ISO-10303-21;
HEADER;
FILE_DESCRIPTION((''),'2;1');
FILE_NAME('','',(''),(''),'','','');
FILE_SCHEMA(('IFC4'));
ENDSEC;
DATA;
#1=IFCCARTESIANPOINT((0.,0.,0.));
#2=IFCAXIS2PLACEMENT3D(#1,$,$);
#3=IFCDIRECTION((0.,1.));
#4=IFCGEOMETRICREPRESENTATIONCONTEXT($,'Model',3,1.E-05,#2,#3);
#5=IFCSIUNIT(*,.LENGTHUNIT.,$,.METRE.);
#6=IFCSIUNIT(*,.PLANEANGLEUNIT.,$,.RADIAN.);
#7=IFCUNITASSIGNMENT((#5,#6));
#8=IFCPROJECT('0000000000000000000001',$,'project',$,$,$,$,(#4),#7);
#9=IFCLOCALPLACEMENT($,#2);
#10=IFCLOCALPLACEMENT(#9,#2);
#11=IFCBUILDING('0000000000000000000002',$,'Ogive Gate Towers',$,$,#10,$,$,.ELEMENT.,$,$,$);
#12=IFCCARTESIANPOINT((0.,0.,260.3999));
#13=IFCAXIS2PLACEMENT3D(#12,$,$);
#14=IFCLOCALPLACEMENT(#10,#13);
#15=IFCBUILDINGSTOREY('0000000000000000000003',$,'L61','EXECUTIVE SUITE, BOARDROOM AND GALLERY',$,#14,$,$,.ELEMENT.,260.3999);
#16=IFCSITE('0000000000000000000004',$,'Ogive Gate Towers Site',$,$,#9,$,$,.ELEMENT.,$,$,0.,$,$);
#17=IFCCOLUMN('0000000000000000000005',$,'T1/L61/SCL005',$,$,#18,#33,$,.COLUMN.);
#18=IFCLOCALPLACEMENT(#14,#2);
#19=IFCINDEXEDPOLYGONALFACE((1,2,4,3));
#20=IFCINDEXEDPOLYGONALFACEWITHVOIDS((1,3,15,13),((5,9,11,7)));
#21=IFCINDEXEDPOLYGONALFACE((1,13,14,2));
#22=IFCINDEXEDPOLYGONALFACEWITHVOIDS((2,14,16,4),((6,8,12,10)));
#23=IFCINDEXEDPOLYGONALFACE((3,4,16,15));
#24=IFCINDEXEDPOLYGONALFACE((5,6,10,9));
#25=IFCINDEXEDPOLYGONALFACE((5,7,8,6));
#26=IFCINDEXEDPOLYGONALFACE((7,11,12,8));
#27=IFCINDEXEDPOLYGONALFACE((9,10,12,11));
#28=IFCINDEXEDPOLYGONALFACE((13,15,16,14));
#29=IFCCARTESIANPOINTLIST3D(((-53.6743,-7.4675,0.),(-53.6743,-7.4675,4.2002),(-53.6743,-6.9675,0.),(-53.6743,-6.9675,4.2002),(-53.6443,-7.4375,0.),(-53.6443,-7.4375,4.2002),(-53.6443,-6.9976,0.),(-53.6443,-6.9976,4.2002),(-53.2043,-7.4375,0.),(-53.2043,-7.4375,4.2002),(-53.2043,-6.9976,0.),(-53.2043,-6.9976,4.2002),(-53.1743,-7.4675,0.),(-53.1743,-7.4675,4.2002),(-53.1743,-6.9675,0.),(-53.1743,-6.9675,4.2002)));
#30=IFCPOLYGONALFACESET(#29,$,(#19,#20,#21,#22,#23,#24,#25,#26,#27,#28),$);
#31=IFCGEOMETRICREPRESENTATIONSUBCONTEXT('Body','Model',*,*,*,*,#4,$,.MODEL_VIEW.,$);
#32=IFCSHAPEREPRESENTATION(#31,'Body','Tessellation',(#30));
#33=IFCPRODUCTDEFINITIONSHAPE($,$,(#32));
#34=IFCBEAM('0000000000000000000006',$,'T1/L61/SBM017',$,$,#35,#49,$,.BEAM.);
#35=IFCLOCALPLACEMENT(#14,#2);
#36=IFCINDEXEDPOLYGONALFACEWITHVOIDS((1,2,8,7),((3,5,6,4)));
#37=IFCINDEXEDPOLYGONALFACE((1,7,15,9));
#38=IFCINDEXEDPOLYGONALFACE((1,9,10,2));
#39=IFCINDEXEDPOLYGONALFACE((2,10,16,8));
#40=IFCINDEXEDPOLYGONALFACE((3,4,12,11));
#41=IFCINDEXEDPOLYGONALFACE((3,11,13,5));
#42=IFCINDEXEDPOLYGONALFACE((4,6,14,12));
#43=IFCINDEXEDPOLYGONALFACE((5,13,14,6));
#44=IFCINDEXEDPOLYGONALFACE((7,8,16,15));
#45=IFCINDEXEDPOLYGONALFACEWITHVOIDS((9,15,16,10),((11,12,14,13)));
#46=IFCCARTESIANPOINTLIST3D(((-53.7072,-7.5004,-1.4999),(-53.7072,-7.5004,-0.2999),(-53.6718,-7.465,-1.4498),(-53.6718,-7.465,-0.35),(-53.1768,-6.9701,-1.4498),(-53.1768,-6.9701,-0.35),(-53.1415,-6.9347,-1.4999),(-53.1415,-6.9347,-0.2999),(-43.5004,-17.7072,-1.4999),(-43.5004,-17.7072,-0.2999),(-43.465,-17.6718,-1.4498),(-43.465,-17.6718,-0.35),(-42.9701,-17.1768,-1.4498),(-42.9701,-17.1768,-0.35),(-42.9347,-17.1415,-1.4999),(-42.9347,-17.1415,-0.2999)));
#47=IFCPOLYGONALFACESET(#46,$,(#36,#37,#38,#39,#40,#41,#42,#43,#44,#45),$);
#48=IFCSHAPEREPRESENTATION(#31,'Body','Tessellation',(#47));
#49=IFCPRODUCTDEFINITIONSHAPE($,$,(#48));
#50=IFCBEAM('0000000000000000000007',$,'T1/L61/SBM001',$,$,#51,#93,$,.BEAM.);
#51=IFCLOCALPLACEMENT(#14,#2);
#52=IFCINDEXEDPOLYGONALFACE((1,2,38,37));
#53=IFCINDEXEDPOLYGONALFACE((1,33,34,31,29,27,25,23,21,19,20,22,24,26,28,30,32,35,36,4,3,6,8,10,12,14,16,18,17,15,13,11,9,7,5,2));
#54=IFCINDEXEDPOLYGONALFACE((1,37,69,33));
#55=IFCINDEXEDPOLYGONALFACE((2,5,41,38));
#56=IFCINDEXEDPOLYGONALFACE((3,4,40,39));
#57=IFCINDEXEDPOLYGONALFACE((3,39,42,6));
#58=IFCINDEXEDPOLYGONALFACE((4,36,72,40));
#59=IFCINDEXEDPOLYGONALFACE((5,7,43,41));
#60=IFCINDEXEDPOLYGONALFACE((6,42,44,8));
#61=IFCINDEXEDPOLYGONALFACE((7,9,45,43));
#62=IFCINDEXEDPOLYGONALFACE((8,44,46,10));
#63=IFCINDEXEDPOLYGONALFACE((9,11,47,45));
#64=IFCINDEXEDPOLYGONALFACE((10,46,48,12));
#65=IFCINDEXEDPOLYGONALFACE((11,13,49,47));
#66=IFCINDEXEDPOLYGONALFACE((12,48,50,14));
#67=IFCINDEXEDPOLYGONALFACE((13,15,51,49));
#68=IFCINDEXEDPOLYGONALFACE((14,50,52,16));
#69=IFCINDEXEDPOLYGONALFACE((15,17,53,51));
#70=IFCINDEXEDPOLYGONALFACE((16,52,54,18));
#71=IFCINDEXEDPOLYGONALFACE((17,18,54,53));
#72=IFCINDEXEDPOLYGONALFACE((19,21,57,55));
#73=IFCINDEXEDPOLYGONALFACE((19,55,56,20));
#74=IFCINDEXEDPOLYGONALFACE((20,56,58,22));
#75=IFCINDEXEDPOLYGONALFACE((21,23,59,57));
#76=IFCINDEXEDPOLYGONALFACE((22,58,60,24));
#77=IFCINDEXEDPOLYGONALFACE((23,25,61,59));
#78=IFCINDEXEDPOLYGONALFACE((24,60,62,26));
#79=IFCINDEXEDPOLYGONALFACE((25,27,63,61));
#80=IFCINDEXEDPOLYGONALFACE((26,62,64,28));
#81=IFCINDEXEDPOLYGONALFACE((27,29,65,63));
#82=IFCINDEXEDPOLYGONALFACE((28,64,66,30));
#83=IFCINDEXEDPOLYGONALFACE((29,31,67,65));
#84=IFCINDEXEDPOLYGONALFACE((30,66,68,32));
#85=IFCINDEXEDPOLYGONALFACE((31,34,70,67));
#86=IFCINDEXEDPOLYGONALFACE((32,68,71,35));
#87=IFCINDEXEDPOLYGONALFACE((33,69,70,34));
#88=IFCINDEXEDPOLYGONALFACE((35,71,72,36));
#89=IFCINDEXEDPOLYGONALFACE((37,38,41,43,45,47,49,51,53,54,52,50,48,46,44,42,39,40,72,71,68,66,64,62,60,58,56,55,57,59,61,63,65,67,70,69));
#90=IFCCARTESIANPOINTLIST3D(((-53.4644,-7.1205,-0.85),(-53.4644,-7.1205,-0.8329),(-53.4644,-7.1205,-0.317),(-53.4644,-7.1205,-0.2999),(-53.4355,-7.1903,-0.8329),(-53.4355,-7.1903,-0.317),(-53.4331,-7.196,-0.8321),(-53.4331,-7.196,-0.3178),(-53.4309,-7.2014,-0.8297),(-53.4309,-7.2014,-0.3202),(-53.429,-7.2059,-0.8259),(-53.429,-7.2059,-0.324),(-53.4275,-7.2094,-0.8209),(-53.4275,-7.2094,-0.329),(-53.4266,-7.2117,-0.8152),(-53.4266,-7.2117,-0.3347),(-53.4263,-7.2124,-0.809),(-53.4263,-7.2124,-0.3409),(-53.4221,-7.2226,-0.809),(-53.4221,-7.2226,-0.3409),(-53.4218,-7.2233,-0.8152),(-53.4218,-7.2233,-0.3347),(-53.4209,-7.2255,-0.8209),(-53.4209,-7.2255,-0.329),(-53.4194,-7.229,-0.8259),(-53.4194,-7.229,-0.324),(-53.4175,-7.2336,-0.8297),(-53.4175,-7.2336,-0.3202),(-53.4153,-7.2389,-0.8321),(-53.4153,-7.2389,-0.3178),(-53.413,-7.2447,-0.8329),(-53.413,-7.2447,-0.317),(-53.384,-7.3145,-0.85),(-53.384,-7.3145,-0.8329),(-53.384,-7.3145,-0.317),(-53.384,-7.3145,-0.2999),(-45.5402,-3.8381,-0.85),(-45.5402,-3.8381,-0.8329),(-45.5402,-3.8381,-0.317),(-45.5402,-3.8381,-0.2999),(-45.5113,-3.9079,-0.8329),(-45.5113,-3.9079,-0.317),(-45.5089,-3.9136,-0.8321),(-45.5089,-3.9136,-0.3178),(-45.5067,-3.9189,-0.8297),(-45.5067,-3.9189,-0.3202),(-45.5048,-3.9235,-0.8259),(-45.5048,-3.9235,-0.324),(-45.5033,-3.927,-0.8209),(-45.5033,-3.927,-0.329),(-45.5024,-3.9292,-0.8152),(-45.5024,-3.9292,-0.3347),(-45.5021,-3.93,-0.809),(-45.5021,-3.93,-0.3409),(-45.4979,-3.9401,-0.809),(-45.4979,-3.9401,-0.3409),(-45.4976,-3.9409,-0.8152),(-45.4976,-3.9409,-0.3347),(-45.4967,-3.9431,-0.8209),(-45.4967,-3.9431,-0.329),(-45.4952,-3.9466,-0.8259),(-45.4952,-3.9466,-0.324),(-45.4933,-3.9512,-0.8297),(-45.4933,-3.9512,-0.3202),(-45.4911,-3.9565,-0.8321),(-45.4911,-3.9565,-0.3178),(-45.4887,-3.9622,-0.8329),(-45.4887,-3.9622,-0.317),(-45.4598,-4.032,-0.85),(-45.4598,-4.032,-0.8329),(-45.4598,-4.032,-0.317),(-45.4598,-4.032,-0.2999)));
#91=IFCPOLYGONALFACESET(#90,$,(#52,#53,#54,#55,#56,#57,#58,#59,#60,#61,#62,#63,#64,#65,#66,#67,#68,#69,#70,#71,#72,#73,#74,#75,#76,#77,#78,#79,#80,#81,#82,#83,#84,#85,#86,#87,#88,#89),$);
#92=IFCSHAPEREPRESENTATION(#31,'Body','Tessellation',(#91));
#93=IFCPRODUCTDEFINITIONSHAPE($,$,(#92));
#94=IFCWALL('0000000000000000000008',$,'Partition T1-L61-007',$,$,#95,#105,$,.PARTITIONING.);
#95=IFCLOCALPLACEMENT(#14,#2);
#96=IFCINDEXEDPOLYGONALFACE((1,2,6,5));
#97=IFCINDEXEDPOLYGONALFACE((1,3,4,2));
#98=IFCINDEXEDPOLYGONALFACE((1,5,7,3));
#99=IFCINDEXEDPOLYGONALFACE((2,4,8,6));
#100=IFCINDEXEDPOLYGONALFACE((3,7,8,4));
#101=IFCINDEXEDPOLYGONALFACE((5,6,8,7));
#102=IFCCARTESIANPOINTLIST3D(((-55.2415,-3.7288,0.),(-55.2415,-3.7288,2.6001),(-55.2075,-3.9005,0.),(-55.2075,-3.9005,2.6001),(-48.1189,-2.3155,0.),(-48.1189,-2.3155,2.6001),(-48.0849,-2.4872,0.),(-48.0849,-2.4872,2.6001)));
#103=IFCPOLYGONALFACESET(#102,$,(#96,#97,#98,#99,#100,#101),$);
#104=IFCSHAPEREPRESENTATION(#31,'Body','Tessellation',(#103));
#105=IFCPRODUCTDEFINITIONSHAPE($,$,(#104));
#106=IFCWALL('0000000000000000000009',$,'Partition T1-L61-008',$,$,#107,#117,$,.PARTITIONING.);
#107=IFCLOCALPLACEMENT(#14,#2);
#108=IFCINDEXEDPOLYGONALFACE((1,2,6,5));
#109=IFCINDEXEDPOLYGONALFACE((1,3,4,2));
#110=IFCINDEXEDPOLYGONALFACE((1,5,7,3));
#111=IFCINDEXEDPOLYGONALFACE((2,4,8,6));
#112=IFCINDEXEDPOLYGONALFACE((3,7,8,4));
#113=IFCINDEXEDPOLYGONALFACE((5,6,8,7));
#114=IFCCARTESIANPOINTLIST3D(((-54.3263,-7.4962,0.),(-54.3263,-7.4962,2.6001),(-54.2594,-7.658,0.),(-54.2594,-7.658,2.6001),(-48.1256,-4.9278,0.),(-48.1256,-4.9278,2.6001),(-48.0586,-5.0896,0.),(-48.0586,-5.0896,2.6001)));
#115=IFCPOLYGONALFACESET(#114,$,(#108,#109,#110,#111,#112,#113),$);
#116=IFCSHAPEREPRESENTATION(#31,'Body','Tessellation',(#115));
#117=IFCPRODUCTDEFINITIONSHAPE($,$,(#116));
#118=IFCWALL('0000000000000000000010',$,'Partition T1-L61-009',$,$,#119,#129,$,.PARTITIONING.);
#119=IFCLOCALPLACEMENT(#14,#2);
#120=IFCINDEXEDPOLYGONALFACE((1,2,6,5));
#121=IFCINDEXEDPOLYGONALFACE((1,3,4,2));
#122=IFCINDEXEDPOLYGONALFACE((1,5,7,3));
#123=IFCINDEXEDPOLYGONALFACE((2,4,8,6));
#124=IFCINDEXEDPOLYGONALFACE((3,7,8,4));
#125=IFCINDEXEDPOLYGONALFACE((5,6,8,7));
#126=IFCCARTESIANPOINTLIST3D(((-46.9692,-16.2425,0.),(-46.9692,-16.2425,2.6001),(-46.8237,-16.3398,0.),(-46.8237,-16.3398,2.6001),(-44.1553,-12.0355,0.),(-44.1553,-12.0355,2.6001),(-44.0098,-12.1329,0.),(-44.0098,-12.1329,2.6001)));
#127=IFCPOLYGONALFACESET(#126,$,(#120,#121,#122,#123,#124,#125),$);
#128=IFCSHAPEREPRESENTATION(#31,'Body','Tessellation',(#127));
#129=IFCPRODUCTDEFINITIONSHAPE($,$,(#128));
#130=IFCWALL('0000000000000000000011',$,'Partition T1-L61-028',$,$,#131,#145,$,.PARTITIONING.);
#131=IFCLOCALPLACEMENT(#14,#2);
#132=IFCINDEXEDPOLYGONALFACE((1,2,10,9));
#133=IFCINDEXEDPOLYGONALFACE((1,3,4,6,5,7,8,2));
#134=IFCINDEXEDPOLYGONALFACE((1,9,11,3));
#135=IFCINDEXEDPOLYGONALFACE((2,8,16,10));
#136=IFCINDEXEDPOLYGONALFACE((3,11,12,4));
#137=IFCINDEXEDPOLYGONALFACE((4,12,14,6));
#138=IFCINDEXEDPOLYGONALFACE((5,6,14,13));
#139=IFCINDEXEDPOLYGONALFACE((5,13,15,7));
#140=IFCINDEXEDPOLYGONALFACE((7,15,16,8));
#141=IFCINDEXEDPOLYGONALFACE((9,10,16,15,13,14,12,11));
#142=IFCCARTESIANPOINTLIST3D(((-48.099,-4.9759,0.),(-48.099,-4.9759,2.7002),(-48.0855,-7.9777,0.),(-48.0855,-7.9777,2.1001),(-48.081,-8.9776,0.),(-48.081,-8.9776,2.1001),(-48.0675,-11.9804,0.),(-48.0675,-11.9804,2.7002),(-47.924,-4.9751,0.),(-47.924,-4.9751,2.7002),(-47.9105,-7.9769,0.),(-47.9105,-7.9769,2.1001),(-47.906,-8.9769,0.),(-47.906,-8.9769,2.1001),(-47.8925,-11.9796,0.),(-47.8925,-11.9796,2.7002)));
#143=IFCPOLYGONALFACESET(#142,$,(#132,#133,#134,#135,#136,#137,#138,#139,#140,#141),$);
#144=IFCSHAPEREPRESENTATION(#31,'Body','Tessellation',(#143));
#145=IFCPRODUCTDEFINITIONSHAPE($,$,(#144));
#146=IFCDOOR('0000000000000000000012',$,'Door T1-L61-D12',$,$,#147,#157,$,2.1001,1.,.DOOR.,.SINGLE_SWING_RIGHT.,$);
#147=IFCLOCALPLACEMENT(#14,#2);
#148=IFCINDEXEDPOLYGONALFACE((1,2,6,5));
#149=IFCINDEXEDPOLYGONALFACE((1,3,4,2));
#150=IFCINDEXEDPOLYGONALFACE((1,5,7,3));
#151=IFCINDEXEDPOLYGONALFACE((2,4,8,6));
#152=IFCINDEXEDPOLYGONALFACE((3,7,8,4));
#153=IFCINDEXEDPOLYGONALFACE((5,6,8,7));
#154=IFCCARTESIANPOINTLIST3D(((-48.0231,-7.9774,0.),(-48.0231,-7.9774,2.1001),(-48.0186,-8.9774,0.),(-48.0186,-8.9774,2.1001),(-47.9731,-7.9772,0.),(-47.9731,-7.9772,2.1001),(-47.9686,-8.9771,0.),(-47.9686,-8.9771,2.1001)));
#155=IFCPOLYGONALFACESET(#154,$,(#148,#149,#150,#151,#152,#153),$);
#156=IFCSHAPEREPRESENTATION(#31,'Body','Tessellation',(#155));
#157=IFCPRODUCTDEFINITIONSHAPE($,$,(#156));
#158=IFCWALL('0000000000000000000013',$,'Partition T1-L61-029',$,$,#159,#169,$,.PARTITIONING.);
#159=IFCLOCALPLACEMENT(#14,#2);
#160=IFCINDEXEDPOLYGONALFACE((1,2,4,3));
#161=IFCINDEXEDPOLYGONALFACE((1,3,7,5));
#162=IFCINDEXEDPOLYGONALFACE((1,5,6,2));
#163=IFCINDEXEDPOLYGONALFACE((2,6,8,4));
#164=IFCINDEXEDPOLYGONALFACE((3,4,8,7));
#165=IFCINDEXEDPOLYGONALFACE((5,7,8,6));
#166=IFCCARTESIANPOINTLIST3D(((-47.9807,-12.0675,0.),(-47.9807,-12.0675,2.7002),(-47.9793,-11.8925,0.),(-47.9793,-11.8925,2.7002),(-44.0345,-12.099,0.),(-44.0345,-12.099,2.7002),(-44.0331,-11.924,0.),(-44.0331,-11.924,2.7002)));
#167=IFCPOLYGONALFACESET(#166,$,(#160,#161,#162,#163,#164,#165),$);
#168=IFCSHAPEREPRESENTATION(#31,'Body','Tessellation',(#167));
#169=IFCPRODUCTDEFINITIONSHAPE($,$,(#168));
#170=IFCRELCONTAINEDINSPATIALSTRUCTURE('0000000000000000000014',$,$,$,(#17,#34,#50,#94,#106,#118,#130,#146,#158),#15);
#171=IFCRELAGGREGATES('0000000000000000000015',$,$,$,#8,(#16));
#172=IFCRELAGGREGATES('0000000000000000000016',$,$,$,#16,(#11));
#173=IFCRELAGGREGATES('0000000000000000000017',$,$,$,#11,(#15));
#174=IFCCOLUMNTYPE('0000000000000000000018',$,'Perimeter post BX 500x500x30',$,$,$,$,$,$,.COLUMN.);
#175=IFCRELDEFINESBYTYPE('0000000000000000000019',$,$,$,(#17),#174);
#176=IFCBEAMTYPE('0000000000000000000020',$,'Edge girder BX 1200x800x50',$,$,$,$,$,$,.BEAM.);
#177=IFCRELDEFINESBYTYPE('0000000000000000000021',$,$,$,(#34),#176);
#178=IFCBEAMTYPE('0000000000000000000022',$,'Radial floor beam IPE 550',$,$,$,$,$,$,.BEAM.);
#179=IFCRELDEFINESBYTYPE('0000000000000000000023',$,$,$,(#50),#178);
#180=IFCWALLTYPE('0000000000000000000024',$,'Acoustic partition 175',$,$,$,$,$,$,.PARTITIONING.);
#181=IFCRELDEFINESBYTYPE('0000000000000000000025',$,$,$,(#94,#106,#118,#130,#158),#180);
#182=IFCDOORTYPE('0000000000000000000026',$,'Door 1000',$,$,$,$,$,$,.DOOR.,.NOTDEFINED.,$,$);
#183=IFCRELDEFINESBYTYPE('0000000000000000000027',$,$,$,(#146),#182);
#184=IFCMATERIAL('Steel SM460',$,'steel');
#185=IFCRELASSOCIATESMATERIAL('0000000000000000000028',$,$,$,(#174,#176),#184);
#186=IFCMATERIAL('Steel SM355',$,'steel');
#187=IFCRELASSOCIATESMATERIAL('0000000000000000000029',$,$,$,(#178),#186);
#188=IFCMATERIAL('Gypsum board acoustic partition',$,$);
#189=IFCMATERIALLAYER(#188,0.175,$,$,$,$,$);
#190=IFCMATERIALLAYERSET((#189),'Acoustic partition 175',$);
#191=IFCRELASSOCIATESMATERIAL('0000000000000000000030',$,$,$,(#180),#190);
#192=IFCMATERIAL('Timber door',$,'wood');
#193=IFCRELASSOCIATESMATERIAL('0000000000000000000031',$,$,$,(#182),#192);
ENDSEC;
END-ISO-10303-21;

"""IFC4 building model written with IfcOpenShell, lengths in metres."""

from ifc_helpers import new_model, si_unit, direction, frame, frame_2d, origin, origin_2d, place, context, subcontext, project, spatial, rectangle, hollow_rectangle, i_section, extrude, material, layer, layer_set, material_profile, profile_set, type_object, element, fill, save


model = new_model("IFC4")

# Units and contexts
model_context = context("Model", 3, precision=1e-05, world=origin(), true_north=direction((0.0, 1.0)))
body_context = subcontext(model_context, "Body", "Model", "MODEL_VIEW")
ifc_project = project(units=[si_unit("LENGTHUNIT", "METRE"), si_unit("PLANEANGLEUNIT", "RADIAN")], contexts=[model_context])

# Site, building, storey
site_placement = place(None, origin())
site = spatial("IfcSite", under=ifc_project, at=site_placement, Name="Ogive Gate Towers Site", CompositionType="ELEMENT", RefElevation=0.0)
building_placement = place(site_placement, origin())
building = spatial("IfcBuilding", under=site, at=building_placement, Name="Ogive Gate Towers", CompositionType="ELEMENT")
storey_placement = place(building_placement, frame((0.0, 0.0, 260.3999)))
storey = spatial("IfcBuildingStorey", under=building, at=storey_placement, Name="L61", Description="EXECUTIVE SUITE, BOARDROOM AND GALLERY", CompositionType="ELEMENT", Elevation=260.3999)

# Column
ifc_material_1 = material(Name="Steel SM460", Category="steel")
ifc_material_profile_1 = material_profile(ifc_material_1, hollow_rectangle(XDim=0.5, YDim=0.5, WallThickness=0.03, at=origin_2d()), Name="BX 500x500x30")
ifc_profile_set_1 = profile_set([ifc_material_profile_1], Name="Steel SM460")
column_type = type_object("IfcColumnType", Name="Perimeter post BX 500x500x30", PredefinedType="COLUMN", material=ifc_profile_set_1)
column_placement = place(storey_placement, frame((-53.4243, -7.2175, 0.0), z_axis=(0.0, 0.0, 1.0), x_axis=(1.0, 0.0, 0.0)))
element("IfcColumn", 1, at=column_placement, inside=storey, type_object=column_type, Name="T1/L61/SCL005", PredefinedType="COLUMN", context=body_context, shape_type="SweptSolid", body=[
    extrude(hollow_rectangle(XDim=0.5, YDim=0.5, WallThickness=0.03, at=origin_2d()), origin(), (0.0, 0.0, 1.0), 4.2002),
])

# Beams
ifc_material_profile_2 = material_profile(ifc_material_1, hollow_rectangle(XDim=0.8, YDim=1.2, WallThickness=0.05, at=origin_2d()), Name="BX 1200x800x50")
ifc_profile_set_2 = profile_set([ifc_material_profile_2], Name="Steel SM460")
beam_type_1 = type_object("IfcBeamType", Name="Edge girder BX 1200x800x50", PredefinedType="BEAM", material=ifc_profile_set_2)
beam_1_placement = place(storey_placement, frame((-53.4243, -7.2175, -0.8999), z_axis=(0.707107, -0.707107, 0.0), x_axis=(0.707107, 0.707107, 0.0)))
element("IfcBeam", 2, at=beam_1_placement, inside=storey, type_object=beam_type_1, Name="T1/L61/SBM017", PredefinedType="BEAM", context=body_context, shape_type="SweptSolid", body=[
    extrude(hollow_rectangle(XDim=0.8, YDim=1.2, WallThickness=0.05, at=origin_2d()), origin(), (0.0, 0.0, 1.0), 14.4346),
])
ifc_material_2 = material(Name="Steel SM355", Category="steel")
ifc_material_profile_3 = material_profile(ifc_material_2, i_section(OverallWidth=0.21, OverallDepth=0.55, WebThickness=0.011, FlangeThickness=0.0171, FilletRadius=0.0239, at=origin_2d()), Name="IPE 550")
ifc_profile_set_3 = profile_set([ifc_material_profile_3], Name="Steel SM355")
beam_type_2 = type_object("IfcBeamType", Name="Radial floor beam IPE 550", PredefinedType="BEAM", material=ifc_profile_set_3)
beam_2_placement = place(storey_placement, frame((-45.5, -3.9351, -0.575), z_axis=(-0.923875, -0.382695, 0.0), x_axis=(0.382695, -0.923875, 0.0)))
element("IfcBeam", 3, at=beam_2_placement, inside=storey, type_object=beam_type_2, Name="T1/L61/SBM001", PredefinedType="BEAM", context=body_context, shape_type="SweptSolid", body=[
    extrude(i_section(OverallWidth=0.21, OverallDepth=0.55, WebThickness=0.011, FlangeThickness=0.0171, FilletRadius=0.0239, at=origin_2d()), origin(), (0.0, 0.0, 1.0), 8.5771),
])

# Walls
ifc_material_3 = material(Name="Gypsum board acoustic partition")
ifc_layer_1 = layer(ifc_material_3, 0.175)
ifc_layer_set_1 = layer_set([ifc_layer_1], Name="Acoustic partition 175")
wall_type_1 = type_object("IfcWallType", Name="Acoustic partition 175", PredefinedType="PARTITIONING", material=ifc_layer_set_1)
wall_1_placement = place(storey_placement, frame((-55.2246, -3.8147, 0.0), z_axis=(0.0, 0.0, 1.0), x_axis=(0.980876, 0.194635, 0.0)))
element("IfcWall", 4, at=wall_1_placement, inside=storey, type_object=wall_type_1, Name="Partition T1-L61-007", PredefinedType="PARTITIONING", context=body_context, shape_type="SweptSolid", body=[
    extrude(rectangle(XDim=7.2615, YDim=0.175, at=frame_2d((3.6309, 0.0))), origin(), (0.0, 0.0, 1.0), 2.6001),
])
wall_2_placement = place(storey_placement, frame((-54.293, -7.5771, 0.0), z_axis=(0.0, 0.0, 1.0), x_axis=(0.923882, 0.382677, 0.0)))
element("IfcWall", 5, at=wall_2_placement, inside=storey, type_object=wall_type_1, Name="Partition T1-L61-008", PredefinedType="PARTITIONING", context=body_context, shape_type="SweptSolid", body=[
    extrude(rectangle(XDim=6.7117, YDim=0.175, at=frame_2d((3.356, 0.0))), origin(), (0.0, 0.0, 1.0), 2.6001),
])
wall_3_placement = place(storey_placement, frame((-46.8965, -16.2913, 0.0), z_axis=(0.0, 0.0, 1.0), x_axis=(0.555969, 0.831203, 0.0)))
element("IfcWall", 6, at=wall_3_placement, inside=storey, type_object=wall_type_1, Name="Partition T1-L61-009", PredefinedType="PARTITIONING", context=body_context, shape_type="SweptSolid", body=[
    extrude(rectangle(XDim=5.0613, YDim=0.175, at=frame_2d((2.5308, 0.0))), origin(), (0.0, 0.0, 1.0), 2.6001),
])

# Wall, opening, door
wall_4_placement = place(storey_placement, frame((-48.0115, -4.9753, 0.0), z_axis=(0.0, 0.0, 1.0), x_axis=(0.004496, -0.99999, 0.0)))
wall_4 = element("IfcWall", 7, at=wall_4_placement, inside=storey, type_object=wall_type_1, Name="Partition T1-L61-028", PredefinedType="PARTITIONING", context=body_context, shape_type="SweptSolid", body=[
    extrude(rectangle(XDim=7.0046, YDim=0.175, at=frame_2d((3.5024, 0.0))), origin(), (0.0, 0.0, 1.0), 2.7002),
])
opening_1_placement = place(wall_4_placement, frame((3.002, 0.0, 0.0)))
opening_1 = element("IfcOpeningElement", 8, at=opening_1_placement, cuts=wall_4, PredefinedType="OPENING", context=body_context, shape_type="SweptSolid", body=[
    extrude(rectangle(XDim=1.0, YDim=2.1001, at=frame_2d((0.5, 1.05))), frame((0.0, 0.0977, 0.0), z_axis=(0.0, -1.0, 0.0), x_axis=(1.0, 0.0, 0.0)), (0.0, 0.0, 1.0), 0.1951),
])
ifc_material_4 = material(Name="Timber door", Category="wood")
door_type_1 = type_object("IfcDoorType", Name="Door 1000", OperationType="NOTDEFINED", PredefinedType="DOOR", material=ifc_material_4)
door_1_placement = place(opening_1_placement, origin())
door_1 = element("IfcDoor", 9, at=door_1_placement, inside=storey, type_object=door_type_1, Name="Door T1-L61-D12", OperationType="SINGLE_SWING_RIGHT", OverallHeight=2.1001, OverallWidth=1.0, PredefinedType="DOOR", context=body_context, shape_type="SweptSolid", body=[
    extrude(rectangle(XDim=1.0, YDim=2.1001, at=frame_2d((0.5, 1.05))), frame((0.0, 0.0249, 0.0), z_axis=(0.0, -1.0, 0.0), x_axis=(1.0, 0.0, 0.0)), (0.0, 0.0, 1.0), 0.05),
])
fill(opening_1, door_1)

# Wall
wall_5_placement = place(storey_placement, frame((-47.98, -11.98, 0.0), z_axis=(0.0, 0.0, 1.0), x_axis=(0.999968, -0.007981, 0.0)))
element("IfcWall", 10, at=wall_5_placement, inside=storey, type_object=wall_type_1, Name="Partition T1-L61-029", PredefinedType="PARTITIONING", context=body_context, shape_type="SweptSolid", body=[
    extrude(rectangle(XDim=3.9463, YDim=0.175, at=frame_2d((1.9731, 0.0))), origin(), (0.0, 0.0, 1.0), 2.7002),
])

save(model, "model.ifc")
